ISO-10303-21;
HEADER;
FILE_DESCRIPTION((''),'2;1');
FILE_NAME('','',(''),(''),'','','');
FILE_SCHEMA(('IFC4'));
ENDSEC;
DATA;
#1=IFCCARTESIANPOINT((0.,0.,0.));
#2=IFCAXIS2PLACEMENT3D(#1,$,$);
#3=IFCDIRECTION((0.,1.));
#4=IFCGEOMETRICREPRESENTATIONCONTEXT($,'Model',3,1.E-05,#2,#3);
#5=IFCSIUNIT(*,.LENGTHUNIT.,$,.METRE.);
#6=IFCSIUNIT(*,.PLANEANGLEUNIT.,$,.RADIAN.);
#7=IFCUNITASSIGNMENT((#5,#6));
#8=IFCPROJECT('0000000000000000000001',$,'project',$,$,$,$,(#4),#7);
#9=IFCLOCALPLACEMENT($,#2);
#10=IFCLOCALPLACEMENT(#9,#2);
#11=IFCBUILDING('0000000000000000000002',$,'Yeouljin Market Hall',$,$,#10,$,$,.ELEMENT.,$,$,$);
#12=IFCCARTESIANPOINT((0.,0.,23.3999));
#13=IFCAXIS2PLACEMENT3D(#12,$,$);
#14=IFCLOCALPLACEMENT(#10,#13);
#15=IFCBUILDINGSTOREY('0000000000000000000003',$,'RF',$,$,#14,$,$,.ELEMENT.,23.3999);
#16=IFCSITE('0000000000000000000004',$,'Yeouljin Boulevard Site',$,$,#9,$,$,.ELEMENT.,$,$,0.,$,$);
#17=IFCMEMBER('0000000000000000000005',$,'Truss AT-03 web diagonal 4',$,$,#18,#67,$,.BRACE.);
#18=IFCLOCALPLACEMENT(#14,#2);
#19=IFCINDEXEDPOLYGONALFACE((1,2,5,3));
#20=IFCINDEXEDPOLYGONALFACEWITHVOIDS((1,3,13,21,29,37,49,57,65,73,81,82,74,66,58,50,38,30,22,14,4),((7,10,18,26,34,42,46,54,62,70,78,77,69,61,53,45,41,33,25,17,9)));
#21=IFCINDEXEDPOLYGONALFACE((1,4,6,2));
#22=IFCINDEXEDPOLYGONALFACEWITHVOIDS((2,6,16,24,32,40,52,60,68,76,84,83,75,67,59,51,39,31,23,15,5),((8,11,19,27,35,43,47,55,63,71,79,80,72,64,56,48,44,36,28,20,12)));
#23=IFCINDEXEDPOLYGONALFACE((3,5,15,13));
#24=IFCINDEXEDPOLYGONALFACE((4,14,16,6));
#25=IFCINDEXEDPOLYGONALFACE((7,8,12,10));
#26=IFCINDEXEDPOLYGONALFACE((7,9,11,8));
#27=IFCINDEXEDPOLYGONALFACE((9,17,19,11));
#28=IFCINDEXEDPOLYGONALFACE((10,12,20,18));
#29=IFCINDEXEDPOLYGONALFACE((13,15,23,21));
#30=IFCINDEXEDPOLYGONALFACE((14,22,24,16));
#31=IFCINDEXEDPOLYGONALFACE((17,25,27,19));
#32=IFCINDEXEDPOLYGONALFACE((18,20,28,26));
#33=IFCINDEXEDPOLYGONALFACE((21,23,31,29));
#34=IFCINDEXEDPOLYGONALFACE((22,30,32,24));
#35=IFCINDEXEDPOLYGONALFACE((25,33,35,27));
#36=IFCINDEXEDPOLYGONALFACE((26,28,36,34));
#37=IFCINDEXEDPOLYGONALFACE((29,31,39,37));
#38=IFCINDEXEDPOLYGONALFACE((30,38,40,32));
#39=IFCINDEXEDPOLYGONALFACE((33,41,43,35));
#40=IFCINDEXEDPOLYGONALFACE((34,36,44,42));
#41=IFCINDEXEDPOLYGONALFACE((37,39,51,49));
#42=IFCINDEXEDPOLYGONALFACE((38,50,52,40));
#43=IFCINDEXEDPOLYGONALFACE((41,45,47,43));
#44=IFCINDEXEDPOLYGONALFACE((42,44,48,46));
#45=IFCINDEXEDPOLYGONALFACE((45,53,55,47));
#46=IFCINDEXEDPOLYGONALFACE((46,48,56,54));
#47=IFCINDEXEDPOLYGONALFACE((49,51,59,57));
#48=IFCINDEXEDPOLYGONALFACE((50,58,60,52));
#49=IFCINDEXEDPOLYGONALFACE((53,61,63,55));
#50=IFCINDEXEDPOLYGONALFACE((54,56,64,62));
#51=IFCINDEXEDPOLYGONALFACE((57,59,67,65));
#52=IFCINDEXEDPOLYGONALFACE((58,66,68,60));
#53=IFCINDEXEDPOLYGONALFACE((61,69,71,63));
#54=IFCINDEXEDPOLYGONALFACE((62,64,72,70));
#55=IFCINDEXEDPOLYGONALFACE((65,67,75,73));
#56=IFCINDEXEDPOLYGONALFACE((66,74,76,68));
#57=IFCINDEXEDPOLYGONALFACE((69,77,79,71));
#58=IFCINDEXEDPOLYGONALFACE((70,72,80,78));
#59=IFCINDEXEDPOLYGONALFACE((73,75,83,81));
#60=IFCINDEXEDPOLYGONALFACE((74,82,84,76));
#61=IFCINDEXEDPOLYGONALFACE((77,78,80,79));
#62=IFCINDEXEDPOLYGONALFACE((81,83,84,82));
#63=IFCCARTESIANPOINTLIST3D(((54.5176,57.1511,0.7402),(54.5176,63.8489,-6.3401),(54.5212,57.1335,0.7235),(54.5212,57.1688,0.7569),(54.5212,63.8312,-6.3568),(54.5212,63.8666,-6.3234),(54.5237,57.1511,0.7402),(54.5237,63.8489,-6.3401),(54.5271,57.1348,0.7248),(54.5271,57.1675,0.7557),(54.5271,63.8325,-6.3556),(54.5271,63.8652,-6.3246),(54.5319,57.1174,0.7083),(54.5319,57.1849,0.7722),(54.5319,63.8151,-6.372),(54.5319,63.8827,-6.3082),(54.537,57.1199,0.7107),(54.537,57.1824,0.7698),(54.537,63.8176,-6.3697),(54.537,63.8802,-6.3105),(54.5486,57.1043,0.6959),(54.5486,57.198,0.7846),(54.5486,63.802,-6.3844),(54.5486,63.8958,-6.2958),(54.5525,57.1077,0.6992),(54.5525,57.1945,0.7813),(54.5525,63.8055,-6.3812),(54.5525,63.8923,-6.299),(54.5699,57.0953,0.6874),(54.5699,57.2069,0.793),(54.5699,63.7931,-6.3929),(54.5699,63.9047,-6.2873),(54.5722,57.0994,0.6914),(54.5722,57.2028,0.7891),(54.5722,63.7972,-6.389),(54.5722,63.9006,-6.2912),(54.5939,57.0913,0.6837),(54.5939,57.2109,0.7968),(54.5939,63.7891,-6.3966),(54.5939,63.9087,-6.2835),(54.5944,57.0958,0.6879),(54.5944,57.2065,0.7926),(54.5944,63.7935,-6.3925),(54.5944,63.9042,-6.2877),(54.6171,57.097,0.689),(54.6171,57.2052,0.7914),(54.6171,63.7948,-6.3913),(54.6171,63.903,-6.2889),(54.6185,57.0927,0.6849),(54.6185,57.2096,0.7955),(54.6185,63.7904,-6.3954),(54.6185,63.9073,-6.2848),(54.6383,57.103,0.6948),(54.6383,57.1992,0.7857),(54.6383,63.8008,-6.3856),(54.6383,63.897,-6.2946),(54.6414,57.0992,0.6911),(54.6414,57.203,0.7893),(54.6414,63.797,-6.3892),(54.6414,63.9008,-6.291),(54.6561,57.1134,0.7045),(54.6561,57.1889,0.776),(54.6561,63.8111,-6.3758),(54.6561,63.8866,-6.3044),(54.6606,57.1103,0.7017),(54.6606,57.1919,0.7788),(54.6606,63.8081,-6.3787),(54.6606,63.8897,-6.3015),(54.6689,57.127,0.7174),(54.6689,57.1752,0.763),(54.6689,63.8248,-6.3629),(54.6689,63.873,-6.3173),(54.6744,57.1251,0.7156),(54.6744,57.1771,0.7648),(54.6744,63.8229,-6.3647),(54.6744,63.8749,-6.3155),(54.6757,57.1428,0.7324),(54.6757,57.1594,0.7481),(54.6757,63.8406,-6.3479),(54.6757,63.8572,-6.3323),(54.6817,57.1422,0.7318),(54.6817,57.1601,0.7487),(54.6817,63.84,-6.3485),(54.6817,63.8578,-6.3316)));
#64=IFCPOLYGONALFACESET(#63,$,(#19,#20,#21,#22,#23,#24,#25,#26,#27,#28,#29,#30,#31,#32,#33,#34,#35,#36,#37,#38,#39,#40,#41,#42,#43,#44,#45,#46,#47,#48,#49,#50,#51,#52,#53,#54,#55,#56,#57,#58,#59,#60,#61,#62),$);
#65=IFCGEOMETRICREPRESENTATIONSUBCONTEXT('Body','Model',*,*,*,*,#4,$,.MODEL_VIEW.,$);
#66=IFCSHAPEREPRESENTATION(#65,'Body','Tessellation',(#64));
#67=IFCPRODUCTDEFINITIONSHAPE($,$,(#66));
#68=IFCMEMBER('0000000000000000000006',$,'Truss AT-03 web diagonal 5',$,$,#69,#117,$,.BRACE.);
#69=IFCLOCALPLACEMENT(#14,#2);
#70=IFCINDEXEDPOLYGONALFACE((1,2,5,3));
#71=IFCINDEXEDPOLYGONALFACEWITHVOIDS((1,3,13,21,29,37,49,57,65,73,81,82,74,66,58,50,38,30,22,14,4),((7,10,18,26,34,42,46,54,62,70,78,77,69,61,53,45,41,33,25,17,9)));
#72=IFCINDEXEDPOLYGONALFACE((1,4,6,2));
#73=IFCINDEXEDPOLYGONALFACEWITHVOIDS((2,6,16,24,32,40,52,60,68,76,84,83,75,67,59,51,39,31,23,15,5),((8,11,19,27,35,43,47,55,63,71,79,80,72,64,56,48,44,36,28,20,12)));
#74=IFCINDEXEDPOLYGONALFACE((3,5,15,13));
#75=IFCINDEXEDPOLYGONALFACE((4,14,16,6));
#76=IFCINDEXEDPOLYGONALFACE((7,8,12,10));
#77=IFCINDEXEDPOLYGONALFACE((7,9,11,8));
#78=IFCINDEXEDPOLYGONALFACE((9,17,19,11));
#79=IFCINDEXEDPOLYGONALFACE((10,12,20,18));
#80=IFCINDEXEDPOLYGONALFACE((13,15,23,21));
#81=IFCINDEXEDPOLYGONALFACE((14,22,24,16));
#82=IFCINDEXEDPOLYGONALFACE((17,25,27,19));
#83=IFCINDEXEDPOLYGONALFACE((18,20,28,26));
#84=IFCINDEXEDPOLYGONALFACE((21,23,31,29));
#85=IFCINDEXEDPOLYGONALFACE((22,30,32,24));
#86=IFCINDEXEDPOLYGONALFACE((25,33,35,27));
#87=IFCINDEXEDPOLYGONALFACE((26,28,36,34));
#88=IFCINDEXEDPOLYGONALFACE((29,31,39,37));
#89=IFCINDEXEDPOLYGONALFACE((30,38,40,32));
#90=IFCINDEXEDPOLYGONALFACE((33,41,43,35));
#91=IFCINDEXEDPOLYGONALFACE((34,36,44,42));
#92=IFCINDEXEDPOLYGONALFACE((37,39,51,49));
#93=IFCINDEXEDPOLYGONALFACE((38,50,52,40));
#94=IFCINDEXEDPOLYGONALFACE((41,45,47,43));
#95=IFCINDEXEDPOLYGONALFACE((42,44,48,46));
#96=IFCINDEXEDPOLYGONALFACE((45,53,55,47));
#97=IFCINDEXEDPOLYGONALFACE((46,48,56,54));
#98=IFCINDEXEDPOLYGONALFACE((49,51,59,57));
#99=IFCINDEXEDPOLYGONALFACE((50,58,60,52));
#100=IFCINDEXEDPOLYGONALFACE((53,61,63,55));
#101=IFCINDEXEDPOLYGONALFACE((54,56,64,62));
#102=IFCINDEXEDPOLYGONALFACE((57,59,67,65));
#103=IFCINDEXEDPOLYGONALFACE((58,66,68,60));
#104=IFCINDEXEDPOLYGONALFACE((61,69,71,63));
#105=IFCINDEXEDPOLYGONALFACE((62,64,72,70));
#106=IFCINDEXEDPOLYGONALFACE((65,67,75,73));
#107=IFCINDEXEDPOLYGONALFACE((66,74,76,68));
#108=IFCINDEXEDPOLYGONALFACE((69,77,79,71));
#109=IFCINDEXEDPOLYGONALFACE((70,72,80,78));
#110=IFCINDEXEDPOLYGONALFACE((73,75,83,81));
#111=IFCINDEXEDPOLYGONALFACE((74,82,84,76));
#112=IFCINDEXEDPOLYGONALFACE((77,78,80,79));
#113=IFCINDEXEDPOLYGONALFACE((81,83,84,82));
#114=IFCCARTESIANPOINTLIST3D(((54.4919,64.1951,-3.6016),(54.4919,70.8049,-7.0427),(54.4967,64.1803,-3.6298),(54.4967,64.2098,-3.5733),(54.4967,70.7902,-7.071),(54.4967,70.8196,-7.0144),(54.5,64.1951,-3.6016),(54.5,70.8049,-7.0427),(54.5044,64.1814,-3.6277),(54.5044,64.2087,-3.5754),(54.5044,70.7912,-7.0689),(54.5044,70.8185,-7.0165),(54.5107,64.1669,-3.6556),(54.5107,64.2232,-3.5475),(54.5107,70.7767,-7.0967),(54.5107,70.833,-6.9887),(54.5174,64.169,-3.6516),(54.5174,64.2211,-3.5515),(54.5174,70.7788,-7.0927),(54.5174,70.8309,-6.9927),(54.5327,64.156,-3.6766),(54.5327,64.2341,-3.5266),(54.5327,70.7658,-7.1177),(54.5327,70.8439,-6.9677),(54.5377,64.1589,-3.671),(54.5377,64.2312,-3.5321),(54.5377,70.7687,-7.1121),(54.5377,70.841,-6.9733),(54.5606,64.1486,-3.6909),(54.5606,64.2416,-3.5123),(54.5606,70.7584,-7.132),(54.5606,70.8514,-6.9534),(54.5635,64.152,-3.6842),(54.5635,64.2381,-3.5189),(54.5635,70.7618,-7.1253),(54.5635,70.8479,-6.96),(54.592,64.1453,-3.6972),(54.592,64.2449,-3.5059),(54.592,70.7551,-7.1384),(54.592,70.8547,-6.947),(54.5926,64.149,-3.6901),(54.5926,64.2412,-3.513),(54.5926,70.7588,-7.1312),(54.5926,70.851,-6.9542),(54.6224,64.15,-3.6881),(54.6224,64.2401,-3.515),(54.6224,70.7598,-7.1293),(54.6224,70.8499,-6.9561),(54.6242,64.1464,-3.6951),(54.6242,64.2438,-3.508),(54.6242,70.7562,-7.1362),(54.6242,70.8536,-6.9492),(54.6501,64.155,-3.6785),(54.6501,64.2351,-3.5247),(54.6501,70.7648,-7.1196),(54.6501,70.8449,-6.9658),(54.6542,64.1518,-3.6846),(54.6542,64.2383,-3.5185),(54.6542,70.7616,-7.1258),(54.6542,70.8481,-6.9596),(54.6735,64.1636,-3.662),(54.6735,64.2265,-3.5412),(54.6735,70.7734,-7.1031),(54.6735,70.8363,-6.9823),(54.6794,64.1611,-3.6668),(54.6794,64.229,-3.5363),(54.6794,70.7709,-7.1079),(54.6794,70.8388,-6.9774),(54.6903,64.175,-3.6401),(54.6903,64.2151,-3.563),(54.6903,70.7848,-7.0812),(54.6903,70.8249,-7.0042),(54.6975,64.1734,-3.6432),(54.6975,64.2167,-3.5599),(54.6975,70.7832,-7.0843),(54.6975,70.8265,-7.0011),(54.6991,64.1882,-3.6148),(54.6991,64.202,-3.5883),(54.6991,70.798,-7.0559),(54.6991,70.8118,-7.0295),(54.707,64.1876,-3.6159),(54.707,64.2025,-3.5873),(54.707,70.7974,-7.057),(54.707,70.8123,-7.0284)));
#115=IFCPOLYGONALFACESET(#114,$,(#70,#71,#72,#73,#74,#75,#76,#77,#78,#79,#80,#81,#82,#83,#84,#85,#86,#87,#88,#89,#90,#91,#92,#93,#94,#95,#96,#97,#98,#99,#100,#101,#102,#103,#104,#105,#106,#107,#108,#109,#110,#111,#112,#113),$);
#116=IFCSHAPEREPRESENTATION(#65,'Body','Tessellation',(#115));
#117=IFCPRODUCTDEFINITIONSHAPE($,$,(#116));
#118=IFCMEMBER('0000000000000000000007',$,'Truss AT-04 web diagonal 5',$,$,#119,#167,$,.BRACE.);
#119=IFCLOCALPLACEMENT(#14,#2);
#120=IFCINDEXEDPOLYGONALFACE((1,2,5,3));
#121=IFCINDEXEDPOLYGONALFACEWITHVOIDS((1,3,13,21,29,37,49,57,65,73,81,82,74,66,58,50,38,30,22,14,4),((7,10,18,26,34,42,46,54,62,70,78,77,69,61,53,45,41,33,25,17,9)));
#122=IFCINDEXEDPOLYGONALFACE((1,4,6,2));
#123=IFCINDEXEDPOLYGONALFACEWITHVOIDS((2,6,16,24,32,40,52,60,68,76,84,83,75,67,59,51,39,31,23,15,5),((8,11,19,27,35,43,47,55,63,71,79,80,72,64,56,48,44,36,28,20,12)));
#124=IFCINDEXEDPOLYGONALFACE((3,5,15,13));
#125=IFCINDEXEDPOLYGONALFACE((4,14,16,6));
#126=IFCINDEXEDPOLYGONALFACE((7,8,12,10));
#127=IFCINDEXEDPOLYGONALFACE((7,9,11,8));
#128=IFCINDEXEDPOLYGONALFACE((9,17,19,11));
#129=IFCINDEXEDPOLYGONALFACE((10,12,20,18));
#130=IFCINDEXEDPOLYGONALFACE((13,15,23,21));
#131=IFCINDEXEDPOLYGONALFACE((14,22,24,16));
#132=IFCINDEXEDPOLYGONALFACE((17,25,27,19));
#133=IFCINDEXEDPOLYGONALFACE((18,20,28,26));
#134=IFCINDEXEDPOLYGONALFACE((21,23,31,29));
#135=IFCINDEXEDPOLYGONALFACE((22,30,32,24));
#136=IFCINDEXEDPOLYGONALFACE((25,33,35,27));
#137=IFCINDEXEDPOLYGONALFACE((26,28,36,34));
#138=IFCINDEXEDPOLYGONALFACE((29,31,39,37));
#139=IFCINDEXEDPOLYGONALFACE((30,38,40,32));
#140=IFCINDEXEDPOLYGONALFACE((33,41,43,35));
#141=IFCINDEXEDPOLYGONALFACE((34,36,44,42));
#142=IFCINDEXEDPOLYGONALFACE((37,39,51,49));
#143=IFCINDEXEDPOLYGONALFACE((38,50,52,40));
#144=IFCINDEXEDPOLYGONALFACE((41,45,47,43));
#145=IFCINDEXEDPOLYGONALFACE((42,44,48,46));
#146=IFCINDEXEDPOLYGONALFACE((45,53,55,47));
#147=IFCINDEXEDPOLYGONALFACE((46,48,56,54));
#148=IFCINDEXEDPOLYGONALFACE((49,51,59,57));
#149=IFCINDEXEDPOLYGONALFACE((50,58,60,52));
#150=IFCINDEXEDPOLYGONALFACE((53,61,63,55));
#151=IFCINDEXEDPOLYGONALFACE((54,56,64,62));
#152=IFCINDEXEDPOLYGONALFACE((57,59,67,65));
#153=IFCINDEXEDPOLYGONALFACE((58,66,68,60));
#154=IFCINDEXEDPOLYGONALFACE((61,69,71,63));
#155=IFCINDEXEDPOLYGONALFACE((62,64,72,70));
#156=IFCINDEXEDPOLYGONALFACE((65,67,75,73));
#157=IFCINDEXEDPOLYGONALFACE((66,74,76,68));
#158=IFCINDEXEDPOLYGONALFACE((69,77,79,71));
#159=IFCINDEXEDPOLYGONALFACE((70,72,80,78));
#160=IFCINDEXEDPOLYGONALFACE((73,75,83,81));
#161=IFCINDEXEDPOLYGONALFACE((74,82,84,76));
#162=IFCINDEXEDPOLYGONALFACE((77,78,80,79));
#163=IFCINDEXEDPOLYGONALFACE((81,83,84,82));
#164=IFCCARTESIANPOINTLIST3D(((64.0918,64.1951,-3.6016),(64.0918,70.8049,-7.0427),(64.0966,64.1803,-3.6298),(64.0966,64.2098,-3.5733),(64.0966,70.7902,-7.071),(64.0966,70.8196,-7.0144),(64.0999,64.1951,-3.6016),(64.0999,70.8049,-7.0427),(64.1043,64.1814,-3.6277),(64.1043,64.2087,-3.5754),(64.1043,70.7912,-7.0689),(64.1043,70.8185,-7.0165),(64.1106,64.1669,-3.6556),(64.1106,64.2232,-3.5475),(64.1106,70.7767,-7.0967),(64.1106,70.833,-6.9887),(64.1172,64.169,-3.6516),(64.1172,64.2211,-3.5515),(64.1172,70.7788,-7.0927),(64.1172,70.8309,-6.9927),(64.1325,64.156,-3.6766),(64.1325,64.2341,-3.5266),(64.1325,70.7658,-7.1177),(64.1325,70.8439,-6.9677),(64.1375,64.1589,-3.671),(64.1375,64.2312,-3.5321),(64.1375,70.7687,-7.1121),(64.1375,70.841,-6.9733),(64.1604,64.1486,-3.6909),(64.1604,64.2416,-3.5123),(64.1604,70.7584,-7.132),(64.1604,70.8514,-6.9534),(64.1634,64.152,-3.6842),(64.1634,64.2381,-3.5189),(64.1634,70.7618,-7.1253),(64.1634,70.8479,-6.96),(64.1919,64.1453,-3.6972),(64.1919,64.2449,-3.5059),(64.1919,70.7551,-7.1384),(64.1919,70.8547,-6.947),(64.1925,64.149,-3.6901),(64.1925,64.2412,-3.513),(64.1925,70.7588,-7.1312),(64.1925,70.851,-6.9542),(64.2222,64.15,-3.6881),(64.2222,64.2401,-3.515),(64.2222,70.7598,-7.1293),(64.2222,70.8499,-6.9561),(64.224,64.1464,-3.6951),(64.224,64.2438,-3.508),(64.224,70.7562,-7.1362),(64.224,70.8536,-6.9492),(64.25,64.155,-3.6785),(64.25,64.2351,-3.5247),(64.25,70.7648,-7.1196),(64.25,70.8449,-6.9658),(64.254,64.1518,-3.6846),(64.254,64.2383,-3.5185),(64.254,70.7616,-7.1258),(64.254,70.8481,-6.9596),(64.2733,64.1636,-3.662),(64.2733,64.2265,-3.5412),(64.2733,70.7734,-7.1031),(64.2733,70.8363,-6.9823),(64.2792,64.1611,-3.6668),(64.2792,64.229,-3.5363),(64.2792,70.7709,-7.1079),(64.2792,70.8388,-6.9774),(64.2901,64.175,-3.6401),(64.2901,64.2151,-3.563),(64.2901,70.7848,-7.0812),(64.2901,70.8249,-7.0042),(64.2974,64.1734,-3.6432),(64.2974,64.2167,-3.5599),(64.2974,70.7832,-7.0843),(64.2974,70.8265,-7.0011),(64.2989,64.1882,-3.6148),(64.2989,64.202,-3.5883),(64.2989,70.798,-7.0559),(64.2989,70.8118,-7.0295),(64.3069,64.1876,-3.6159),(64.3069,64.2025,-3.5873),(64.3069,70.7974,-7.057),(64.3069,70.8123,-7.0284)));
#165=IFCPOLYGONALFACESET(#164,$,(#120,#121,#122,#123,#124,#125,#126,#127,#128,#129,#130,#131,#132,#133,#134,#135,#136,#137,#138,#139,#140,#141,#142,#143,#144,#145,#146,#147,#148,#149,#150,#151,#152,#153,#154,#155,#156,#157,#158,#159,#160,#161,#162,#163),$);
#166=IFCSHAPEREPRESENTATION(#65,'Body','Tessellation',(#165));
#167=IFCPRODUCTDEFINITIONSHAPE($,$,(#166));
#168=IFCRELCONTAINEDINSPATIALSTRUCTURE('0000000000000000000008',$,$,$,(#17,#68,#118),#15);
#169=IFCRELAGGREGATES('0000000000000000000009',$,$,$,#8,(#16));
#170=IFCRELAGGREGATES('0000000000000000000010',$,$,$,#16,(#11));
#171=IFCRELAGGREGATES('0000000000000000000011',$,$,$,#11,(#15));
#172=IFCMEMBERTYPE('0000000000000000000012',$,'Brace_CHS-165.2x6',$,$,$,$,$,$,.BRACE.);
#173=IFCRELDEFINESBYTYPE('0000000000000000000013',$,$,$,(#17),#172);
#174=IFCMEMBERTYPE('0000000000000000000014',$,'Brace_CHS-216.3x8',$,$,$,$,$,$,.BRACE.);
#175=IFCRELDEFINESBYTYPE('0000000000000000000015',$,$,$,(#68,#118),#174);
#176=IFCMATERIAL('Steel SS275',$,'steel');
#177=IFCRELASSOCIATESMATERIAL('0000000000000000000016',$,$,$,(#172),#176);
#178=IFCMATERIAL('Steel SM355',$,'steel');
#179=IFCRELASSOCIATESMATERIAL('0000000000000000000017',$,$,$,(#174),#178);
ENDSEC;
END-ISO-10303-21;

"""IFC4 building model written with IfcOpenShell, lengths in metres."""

from ifc_helpers import new_model, si_unit, direction, frame, origin, origin_2d, place, context, subcontext, project, spatial, hollow_circle, extrude, material, material_profile, profile_set, type_object, element, save


model = new_model("IFC4")

# Units and contexts
model_context = context("Model", 3, precision=1e-05, world=origin(), true_north=direction((0.0, 1.0)))
body_context = subcontext(model_context, "Body", "Model", "MODEL_VIEW")
ifc_project = project(units=[si_unit("LENGTHUNIT", "METRE"), si_unit("PLANEANGLEUNIT", "RADIAN")], contexts=[model_context])

# Site, building, storey
site_placement = place(None, origin())
site = spatial("IfcSite", under=ifc_project, at=site_placement, Name="Yeouljin Boulevard Site", CompositionType="ELEMENT", RefElevation=0.0)
building_placement = place(site_placement, origin())
building = spatial("IfcBuilding", under=site, at=building_placement, Name="Yeouljin Market Hall", CompositionType="ELEMENT")
storey_placement = place(building_placement, frame((0.0, 0.0, 23.3999)))
storey = spatial("IfcBuildingStorey", under=building, at=storey_placement, Name="RF", CompositionType="ELEMENT", Elevation=23.3999)

# Members
ifc_material_1 = material(Name="Steel SS275", Category="steel")
ifc_material_profile_1 = material_profile(ifc_material_1, hollow_circle(Radius=0.0825, WallThickness=0.0061, at=origin_2d()), Name="CHS-165.2x6")
ifc_profile_set_1 = profile_set([ifc_material_profile_1], Name="Steel SS275")
member_type_1 = type_object("IfcMemberType", Name="Brace_CHS-165.2x6", PredefinedType="BRACE", material=ifc_profile_set_1)
member_1_placement = place(storey_placement, frame((54.6001, 57.1511, 0.7402), z_axis=(0.0, 0.687208, -0.726461), x_axis=(-1.0, 0.0, 0.0)))
element("IfcMember", 1, at=member_1_placement, inside=storey, type_object=member_type_1, Name="Truss AT-03 web diagonal 4", PredefinedType="BRACE", context=body_context, shape_type="SweptSolid", body=[
    extrude(hollow_circle(Radius=0.0825, WallThickness=0.0061, at=origin_2d()), origin(), (0.0, 0.0, 1.0), 9.7463),
])
ifc_material_2 = material(Name="Steel SM355", Category="steel")
ifc_material_profile_2 = material_profile(ifc_material_2, hollow_circle(Radius=0.1082, WallThickness=0.0081, at=origin_2d()), Name="CHS-216.3x8")
ifc_profile_set_2 = profile_set([ifc_material_profile_2], Name="Steel SM355")
member_type_2 = type_object("IfcMemberType", Name="Brace_CHS-216.3x8", PredefinedType="BRACE", material=ifc_profile_set_2)
for number, where, z_axis, x_axis, name in (
    (2, (54.6001, 64.1951, -3.6016), (0.0, 0.886995, -0.461779), (-1.0, 0.0, 0.0), "Truss AT-03 web diagonal 5"),
    (3, (64.2, 64.1951, -3.6016), (0.0, 0.886995, -0.461779), (-1.0, 0.0, 0.0), "Truss AT-04 web diagonal 5"),
):
    element("IfcMember", number, at=place(storey_placement, frame(where, z_axis=z_axis, x_axis=x_axis)), inside=storey, type_object=member_type_2, Name=name, PredefinedType="BRACE", context=body_context, shape_type="SweptSolid", body=[
        extrude(hollow_circle(Radius=0.1082, WallThickness=0.0081, at=origin_2d()), origin(), (0.0, 0.0, 1.0), 7.4519),
    ])

save(model, "model.ifc")
